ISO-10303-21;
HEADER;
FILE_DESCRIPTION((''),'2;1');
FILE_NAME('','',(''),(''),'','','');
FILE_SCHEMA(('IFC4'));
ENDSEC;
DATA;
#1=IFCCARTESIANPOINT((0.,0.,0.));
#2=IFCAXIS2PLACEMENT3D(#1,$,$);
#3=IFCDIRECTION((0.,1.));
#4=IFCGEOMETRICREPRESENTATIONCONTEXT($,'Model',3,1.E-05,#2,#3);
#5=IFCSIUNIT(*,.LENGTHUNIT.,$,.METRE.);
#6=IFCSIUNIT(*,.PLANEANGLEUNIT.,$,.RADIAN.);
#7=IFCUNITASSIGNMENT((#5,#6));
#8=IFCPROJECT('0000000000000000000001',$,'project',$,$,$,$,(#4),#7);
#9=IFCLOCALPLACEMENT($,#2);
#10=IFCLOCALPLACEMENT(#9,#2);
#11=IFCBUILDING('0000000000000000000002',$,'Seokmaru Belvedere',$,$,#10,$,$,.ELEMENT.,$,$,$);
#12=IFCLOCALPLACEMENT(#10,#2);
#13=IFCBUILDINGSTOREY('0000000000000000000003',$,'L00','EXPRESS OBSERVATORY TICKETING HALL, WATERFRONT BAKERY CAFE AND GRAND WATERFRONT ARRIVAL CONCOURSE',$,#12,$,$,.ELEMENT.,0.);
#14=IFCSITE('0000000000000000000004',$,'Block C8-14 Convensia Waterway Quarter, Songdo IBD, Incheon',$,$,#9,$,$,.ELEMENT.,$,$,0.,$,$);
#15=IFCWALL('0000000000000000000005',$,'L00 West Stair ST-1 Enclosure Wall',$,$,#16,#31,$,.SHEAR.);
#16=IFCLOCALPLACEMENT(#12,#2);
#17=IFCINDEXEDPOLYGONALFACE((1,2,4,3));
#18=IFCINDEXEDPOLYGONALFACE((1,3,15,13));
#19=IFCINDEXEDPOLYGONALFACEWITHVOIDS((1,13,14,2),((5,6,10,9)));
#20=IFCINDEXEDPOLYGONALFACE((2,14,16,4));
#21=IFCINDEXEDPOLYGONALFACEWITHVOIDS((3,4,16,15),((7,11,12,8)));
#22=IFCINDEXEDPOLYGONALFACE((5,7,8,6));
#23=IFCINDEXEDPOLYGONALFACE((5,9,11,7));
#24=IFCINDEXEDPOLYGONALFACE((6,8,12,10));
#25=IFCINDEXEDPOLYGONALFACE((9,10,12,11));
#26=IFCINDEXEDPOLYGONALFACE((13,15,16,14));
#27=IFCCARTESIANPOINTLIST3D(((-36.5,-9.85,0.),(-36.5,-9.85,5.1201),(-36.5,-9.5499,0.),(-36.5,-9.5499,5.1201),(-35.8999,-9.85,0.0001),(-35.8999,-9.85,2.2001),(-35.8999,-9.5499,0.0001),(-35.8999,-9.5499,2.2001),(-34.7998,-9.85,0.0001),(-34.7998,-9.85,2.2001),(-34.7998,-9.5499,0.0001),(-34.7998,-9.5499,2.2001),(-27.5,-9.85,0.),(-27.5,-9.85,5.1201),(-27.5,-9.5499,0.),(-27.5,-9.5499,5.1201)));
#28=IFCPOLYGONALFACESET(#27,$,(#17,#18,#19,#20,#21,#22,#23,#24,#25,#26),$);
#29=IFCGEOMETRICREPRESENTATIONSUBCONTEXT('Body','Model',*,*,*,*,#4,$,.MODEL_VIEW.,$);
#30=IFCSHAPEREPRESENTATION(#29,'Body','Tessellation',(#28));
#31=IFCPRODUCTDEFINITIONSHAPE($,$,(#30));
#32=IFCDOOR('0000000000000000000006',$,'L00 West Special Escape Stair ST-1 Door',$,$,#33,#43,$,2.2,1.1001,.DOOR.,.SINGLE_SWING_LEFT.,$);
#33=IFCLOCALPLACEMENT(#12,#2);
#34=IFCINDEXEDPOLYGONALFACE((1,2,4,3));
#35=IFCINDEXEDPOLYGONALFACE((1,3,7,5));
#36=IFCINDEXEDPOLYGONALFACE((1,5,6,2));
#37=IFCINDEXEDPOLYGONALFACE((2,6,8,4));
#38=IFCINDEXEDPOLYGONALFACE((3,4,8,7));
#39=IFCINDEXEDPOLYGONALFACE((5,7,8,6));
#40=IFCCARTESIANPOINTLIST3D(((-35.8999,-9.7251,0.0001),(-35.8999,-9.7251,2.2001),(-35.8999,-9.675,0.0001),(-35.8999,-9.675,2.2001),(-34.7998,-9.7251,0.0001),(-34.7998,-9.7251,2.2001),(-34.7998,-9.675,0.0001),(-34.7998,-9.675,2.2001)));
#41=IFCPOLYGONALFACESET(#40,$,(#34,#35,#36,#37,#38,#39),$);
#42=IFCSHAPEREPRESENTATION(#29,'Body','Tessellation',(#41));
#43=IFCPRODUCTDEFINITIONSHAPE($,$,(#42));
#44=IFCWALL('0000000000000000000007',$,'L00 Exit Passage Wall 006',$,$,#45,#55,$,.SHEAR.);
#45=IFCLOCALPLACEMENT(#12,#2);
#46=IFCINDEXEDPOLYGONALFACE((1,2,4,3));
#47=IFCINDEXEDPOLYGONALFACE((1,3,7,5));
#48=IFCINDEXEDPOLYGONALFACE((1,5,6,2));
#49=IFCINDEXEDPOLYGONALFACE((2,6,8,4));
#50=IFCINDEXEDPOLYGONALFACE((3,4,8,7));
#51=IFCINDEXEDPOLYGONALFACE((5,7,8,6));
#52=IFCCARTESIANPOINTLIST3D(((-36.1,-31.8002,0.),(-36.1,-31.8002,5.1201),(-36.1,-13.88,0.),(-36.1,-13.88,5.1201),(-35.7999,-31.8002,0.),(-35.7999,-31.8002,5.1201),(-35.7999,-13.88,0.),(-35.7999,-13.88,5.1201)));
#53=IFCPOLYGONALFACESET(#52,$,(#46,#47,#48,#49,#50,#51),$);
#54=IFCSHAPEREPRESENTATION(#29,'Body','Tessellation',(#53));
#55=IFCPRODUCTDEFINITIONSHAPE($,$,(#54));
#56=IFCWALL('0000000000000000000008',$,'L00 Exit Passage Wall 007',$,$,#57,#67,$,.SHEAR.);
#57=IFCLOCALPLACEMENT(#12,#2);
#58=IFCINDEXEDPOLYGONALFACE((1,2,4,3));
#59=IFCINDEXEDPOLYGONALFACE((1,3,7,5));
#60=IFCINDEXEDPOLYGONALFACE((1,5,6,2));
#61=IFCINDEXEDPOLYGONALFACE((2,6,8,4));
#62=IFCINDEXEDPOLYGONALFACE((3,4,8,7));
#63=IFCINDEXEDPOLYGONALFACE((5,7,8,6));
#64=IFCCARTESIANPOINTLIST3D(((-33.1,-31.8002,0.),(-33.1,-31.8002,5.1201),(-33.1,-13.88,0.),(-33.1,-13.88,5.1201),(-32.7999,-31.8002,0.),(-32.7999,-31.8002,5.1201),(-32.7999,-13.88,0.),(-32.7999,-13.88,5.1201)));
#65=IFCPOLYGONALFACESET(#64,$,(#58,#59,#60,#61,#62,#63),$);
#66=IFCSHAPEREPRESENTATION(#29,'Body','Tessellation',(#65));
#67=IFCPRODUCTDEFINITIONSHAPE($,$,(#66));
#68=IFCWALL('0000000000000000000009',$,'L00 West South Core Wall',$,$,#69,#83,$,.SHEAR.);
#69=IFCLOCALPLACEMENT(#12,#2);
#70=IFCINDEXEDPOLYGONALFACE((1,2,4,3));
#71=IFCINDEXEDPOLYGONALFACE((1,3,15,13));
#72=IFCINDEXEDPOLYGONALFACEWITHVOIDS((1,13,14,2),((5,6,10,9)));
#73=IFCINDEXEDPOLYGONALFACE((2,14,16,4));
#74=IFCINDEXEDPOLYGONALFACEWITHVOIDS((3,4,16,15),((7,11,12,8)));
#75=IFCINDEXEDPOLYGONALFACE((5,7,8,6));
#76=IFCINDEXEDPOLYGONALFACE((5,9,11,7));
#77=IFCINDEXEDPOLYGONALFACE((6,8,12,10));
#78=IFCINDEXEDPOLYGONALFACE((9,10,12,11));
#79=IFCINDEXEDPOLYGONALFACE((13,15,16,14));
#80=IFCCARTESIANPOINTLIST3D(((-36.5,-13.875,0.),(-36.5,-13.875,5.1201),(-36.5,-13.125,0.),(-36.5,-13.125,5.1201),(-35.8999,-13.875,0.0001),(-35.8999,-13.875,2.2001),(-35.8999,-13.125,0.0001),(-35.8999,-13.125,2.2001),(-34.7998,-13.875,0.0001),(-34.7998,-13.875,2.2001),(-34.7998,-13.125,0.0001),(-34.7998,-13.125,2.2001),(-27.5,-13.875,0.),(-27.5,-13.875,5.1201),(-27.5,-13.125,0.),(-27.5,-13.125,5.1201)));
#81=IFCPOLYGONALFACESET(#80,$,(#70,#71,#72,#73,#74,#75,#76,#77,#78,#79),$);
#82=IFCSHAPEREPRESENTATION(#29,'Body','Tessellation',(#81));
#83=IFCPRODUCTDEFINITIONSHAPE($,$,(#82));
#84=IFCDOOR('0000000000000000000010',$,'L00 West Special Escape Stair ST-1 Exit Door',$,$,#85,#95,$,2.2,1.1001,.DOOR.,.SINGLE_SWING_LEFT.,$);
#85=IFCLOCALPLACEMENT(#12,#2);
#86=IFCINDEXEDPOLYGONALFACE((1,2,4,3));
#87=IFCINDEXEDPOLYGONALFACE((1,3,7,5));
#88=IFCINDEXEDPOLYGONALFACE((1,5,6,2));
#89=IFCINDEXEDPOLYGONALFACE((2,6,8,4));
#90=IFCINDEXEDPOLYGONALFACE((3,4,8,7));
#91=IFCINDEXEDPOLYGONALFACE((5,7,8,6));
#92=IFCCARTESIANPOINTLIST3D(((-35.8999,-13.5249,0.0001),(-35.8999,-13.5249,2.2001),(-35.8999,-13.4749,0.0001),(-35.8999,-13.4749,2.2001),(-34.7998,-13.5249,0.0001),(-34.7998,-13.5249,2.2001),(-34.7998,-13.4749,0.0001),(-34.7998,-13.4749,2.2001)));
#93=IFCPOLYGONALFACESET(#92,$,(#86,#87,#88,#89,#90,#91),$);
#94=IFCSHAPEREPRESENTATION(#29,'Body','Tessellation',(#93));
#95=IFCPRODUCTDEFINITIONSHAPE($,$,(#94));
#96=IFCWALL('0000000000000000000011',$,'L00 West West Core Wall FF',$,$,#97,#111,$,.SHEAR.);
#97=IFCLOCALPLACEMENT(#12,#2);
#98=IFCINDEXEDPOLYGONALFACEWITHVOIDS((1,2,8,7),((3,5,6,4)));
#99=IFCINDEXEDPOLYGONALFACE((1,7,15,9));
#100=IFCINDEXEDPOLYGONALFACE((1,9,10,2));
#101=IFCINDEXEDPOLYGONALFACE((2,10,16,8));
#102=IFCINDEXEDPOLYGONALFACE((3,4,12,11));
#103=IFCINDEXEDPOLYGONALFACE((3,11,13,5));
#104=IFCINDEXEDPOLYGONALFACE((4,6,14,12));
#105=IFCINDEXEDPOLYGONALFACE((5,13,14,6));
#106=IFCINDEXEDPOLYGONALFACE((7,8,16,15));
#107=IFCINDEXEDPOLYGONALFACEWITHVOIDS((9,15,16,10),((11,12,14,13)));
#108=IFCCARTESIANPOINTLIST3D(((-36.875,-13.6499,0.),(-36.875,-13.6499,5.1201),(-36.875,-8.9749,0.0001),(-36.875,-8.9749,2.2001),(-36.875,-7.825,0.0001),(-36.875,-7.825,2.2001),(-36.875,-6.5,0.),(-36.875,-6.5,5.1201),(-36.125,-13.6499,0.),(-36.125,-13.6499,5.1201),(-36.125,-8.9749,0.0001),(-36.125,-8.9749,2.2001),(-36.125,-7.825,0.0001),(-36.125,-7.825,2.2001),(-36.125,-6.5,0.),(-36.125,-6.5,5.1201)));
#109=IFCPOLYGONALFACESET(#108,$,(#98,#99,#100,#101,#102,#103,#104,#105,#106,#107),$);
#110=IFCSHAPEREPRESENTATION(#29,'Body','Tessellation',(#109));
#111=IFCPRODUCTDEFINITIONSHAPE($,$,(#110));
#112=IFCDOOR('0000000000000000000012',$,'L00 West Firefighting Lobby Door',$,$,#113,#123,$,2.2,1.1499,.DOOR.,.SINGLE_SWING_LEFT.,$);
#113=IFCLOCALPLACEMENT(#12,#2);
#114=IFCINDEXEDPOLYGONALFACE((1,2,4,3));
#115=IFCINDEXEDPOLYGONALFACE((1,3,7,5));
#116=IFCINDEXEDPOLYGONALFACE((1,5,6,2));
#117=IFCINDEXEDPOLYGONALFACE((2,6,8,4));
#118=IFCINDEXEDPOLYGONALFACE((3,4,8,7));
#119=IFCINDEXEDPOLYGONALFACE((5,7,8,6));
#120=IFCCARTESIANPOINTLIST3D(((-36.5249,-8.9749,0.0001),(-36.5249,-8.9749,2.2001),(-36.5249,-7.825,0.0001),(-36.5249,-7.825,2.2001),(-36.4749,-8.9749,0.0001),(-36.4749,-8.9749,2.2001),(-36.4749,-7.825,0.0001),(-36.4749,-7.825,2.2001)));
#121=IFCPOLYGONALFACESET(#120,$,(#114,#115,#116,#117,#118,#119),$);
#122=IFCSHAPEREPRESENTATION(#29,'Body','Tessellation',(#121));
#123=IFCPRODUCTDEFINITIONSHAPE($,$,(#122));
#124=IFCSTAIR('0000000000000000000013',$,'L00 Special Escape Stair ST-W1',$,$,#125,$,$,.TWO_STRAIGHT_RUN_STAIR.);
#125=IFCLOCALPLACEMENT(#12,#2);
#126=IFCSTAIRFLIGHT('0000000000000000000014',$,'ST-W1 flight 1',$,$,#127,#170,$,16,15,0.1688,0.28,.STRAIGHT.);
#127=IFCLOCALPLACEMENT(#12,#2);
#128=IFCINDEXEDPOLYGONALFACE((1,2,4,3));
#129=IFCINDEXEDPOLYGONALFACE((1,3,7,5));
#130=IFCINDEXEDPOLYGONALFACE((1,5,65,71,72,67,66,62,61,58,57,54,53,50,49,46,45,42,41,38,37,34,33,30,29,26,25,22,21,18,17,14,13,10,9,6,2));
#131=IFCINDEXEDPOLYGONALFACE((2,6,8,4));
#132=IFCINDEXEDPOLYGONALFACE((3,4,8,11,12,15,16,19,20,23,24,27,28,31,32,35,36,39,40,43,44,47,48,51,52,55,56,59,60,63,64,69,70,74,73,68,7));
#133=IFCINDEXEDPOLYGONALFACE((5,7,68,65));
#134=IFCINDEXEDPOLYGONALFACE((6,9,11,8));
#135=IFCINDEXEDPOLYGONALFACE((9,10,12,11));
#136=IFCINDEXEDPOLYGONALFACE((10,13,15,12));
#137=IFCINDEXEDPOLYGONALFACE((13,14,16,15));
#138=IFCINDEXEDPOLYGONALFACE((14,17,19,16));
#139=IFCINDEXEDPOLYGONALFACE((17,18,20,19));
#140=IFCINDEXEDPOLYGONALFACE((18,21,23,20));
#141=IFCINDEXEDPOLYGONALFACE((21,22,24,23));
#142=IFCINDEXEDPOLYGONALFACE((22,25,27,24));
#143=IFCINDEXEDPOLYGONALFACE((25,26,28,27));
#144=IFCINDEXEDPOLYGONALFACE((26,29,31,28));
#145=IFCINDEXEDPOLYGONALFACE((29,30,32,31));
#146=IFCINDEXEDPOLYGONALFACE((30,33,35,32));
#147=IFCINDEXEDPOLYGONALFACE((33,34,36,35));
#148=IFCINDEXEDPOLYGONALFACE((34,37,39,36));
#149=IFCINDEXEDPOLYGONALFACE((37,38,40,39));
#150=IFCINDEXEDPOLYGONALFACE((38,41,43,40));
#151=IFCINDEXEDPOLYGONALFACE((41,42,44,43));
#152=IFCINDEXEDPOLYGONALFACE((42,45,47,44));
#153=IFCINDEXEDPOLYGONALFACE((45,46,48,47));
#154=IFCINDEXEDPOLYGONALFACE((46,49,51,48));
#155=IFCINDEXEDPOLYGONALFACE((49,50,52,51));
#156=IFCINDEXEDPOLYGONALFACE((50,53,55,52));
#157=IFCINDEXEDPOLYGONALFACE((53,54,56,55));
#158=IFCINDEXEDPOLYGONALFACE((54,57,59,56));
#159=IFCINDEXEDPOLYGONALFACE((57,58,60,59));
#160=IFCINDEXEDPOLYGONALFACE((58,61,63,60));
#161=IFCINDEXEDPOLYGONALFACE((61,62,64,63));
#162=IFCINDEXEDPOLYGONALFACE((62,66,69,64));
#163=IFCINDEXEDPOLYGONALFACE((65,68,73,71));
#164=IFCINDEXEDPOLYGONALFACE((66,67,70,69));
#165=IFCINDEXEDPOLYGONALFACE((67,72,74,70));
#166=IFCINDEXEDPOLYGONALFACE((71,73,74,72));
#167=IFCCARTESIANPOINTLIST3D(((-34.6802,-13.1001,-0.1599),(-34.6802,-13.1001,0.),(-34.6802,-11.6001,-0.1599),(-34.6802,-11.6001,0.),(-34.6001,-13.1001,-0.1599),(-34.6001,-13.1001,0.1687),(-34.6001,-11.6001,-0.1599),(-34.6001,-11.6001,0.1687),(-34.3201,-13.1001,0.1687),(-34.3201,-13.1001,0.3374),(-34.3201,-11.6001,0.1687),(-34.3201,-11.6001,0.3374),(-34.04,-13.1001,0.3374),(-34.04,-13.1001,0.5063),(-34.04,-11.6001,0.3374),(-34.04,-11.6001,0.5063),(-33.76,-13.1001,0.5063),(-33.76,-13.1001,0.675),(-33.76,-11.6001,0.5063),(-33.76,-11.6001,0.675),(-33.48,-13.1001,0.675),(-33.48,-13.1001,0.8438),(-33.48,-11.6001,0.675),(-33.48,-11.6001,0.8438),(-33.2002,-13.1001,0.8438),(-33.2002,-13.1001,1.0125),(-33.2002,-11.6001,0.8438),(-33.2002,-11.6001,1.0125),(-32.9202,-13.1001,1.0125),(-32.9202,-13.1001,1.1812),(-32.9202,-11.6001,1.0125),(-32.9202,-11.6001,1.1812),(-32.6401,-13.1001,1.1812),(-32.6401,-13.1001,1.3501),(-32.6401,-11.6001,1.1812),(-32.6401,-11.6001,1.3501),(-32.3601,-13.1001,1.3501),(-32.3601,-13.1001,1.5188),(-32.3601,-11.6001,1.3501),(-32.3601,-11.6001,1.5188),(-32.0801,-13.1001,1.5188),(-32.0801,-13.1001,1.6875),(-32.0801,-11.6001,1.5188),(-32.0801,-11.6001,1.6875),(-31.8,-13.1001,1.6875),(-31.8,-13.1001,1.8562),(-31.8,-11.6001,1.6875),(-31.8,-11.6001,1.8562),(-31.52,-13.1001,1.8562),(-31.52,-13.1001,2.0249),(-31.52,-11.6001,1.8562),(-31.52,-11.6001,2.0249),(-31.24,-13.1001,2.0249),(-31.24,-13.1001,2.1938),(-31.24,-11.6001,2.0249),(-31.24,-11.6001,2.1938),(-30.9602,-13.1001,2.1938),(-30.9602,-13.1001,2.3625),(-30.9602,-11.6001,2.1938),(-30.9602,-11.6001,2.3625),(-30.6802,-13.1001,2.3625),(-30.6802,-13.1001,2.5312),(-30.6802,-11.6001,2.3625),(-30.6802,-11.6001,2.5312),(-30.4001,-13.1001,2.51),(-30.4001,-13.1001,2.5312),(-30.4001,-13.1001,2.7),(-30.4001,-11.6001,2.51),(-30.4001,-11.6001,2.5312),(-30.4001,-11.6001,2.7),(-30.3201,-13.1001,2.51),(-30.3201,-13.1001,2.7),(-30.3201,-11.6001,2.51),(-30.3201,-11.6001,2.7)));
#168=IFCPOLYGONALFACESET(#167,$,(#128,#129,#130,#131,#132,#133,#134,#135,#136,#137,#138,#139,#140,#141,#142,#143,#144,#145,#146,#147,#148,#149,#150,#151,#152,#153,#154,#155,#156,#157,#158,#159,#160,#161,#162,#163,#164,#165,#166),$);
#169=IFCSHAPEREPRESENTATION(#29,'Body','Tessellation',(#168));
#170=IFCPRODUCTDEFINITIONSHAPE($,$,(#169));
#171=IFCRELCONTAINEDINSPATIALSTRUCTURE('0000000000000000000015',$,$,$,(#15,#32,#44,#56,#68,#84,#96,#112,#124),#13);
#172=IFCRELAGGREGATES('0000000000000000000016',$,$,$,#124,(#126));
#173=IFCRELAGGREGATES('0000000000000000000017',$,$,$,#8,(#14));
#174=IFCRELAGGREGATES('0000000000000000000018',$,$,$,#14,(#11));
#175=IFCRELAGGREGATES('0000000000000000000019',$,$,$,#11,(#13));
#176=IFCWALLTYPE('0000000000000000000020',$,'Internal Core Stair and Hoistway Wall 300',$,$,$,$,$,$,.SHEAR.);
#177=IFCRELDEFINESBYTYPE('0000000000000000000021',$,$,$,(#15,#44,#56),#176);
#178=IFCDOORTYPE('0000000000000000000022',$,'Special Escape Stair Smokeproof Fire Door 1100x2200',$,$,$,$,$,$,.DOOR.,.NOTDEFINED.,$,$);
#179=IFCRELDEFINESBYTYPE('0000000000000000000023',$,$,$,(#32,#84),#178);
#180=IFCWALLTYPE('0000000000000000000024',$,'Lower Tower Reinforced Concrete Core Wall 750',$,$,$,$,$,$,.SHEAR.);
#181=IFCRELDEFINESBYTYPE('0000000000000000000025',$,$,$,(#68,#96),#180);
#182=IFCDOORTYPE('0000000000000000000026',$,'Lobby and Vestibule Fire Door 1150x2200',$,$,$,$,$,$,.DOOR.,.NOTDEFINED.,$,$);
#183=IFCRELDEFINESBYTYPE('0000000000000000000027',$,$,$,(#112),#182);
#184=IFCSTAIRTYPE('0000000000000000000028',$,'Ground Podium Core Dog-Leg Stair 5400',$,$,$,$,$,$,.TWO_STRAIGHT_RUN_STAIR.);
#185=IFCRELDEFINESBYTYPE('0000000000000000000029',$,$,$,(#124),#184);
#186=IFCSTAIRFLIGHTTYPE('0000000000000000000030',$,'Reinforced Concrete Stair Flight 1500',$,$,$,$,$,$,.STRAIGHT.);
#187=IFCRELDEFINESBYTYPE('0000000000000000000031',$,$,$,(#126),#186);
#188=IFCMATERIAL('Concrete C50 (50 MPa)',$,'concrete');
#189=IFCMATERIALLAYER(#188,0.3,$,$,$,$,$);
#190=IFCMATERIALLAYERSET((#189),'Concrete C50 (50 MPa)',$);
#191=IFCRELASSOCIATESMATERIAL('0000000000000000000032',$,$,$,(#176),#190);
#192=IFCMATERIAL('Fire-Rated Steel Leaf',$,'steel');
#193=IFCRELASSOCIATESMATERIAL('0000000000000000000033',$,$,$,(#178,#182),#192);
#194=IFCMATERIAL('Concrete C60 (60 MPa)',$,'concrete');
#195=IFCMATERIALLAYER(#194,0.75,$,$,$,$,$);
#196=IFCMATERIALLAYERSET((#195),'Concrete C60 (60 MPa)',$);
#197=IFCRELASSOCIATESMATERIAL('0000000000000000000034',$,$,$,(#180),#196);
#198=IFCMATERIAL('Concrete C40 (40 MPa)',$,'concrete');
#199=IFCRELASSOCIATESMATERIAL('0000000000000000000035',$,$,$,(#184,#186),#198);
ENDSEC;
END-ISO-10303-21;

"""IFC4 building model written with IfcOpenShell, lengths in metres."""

from ifc_helpers import new_model, si_unit, direction, frame, frame_2d, origin, place, context, subcontext, project, spatial, polyline, rectangle, outline, extrude, source, transform, mapped, material, layer, layer_set, type_object, type_shapes, element, fill, aggregate, save


model = new_model("IFC4")

# Units and contexts
model_context = context("Model", 3, precision=1e-05, world=origin(), true_north=direction((0.0, 1.0)))
body_context = subcontext(model_context, "Body", "Model", "MODEL_VIEW")
ifc_project = project(units=[si_unit("LENGTHUNIT", "METRE"), si_unit("PLANEANGLEUNIT", "RADIAN")], contexts=[model_context])

# Site, building, storey
site_placement = place(None, origin())
site = spatial("IfcSite", under=ifc_project, at=site_placement, Name="Block C8-14 Convensia Waterway Quarter, Songdo IBD, Incheon", CompositionType="ELEMENT", RefElevation=0.0)
building_placement = place(site_placement, origin())
building = spatial("IfcBuilding", under=site, at=building_placement, Name="Seokmaru Belvedere", CompositionType="ELEMENT")
storey_placement = place(building_placement, origin())
storey = spatial("IfcBuildingStorey", under=building, at=storey_placement, Name="L00", Description="EXPRESS OBSERVATORY TICKETING HALL, WATERFRONT BAKERY CAFE AND GRAND WATERFRONT ARRIVAL CONCOURSE", CompositionType="ELEMENT", Elevation=0.0)

# Shared definitions
ifc_material_1 = material(Name="Concrete C50 (50 MPa)", Category="concrete")

# Wall, opening, door
ifc_layer_1 = layer(ifc_material_1, 0.3)
ifc_layer_set_1 = layer_set([ifc_layer_1], Name="Concrete C50 (50 MPa)")
wall_type_1 = type_object("IfcWallType", Name="Internal Core Stair and Hoistway Wall 300", PredefinedType="SHEAR", material=ifc_layer_set_1)
wall_1_placement = place(storey_placement, frame((-36.5, -9.7, 0.0), z_axis=(0.0, 0.0, 1.0), x_axis=(1.0, 0.0, 0.0)))
wall_1 = element("IfcWall", 1, at=wall_1_placement, inside=storey, type_object=wall_type_1, Name="L00 West Stair ST-1 Enclosure Wall", PredefinedType="SHEAR", context=body_context, shape_type="SweptSolid", body=[
    extrude(rectangle(XDim=9.0, YDim=0.3, at=frame_2d((4.5, 0.0))), origin(), (0.0, 0.0, 1.0), 5.1201),
])
opening_1_placement = place(wall_1_placement, frame((0.6001, 0.0, 0.0)))
opening_1 = element("IfcOpeningElement", 2, at=opening_1_placement, cuts=wall_1, PredefinedType="OPENING", context=body_context, shape_type="SweptSolid", body=[
    extrude(rectangle(XDim=1.1001, YDim=2.2, at=frame_2d((0.55, 1.1001))), frame((0.0, 0.1602, 0.0), z_axis=(0.0, -1.0, 0.0), x_axis=(1.0, 0.0, 0.0)), (0.0, 0.0, 1.0), 0.3201),
])
ifc_material_2 = material(Name="Fire-Rated Steel Leaf", Category="steel")
door_type_1 = type_object("IfcDoorType", Name="Special Escape Stair Smokeproof Fire Door 1100x2200", OperationType="NOTDEFINED", PredefinedType="DOOR", material=ifc_material_2)
shared_shape_1 = source(origin(), body_context, "Body", "SweptSolid", [
    extrude(rectangle(XDim=1.1001, YDim=2.2, at=frame_2d((0.55, 1.1001))), frame((0.0, 0.0249, 0.0), z_axis=(0.0, -1.0, 0.0), x_axis=(1.0, 0.0, 0.0)), (0.0, 0.0, 1.0), 0.05),
])
type_shapes(door_type_1, [shared_shape_1])
door_1_placement = place(opening_1_placement, origin())
door_1 = element("IfcDoor", 3, at=door_1_placement, inside=storey, type_object=door_type_1, Name="L00 West Special Escape Stair ST-1 Door", OperationType="SINGLE_SWING_LEFT", OverallHeight=2.2, OverallWidth=1.1001, PredefinedType="DOOR", context=body_context, shape_type="MappedRepresentation", body=[
    mapped(shared_shape_1, transform((0.0, 0.0, 0.0), scale=1.0)),
])
fill(opening_1, door_1)

# Walls
for number, where, z_axis, x_axis, name in (
    (4, (-35.95, -31.8, 0.0), (0.0, 0.0, 1.0), (0.0, 1.0, 0.0), "L00 Exit Passage Wall 006"),
    (5, (-32.95, -31.8, 0.0), (0.0, 0.0, 1.0), (0.0, 1.0, 0.0), "L00 Exit Passage Wall 007"),
):
    element("IfcWall", number, at=place(storey_placement, frame(where, z_axis=z_axis, x_axis=x_axis)), inside=storey, type_object=wall_type_1, Name=name, PredefinedType="SHEAR", context=body_context, shape_type="SweptSolid", body=[
        extrude(rectangle(XDim=17.9202, YDim=0.3, at=frame_2d((8.96, 0.0))), origin(), (0.0, 0.0, 1.0), 5.1201),
    ])

# Walls, openings, doors
ifc_material_3 = material(Name="Concrete C60 (60 MPa)", Category="concrete")
ifc_layer_2 = layer(ifc_material_3, 0.75)
ifc_layer_set_2 = layer_set([ifc_layer_2], Name="Concrete C60 (60 MPa)")
wall_type_2 = type_object("IfcWallType", Name="Lower Tower Reinforced Concrete Core Wall 750", PredefinedType="SHEAR", material=ifc_layer_set_2)
wall_2_placement = place(storey_placement, frame((-36.5, -13.5, 0.0), z_axis=(0.0, 0.0, 1.0), x_axis=(1.0, 0.0, 0.0)))
wall_2 = element("IfcWall", 6, at=wall_2_placement, inside=storey, type_object=wall_type_2, Name="L00 West South Core Wall", PredefinedType="SHEAR", context=body_context, shape_type="SweptSolid", body=[
    extrude(rectangle(XDim=9.0, YDim=0.75, at=frame_2d((4.5, 0.0))), origin(), (0.0, 0.0, 1.0), 5.1201),
])
opening_2_placement = place(wall_2_placement, frame((0.6001, 0.0, 0.0)))
opening_2 = element("IfcOpeningElement", 7, at=opening_2_placement, cuts=wall_2, PredefinedType="OPENING", context=body_context, shape_type="SweptSolid", body=[
    extrude(rectangle(XDim=1.1001, YDim=2.2, at=frame_2d((0.55, 1.1001))), frame((0.0, 0.385, 0.0), z_axis=(0.0, -1.0, 0.0), x_axis=(1.0, 0.0, 0.0)), (0.0, 0.0, 1.0), 0.77),
])
door_2_placement = place(opening_2_placement, frame((1.1001, 0.0, 0.0), z_axis=(0.0, 0.0, 1.0), x_axis=(-1.0, 0.0, 0.0)))
door_2 = element("IfcDoor", 8, at=door_2_placement, inside=storey, type_object=door_type_1, Name="L00 West Special Escape Stair ST-1 Exit Door", OperationType="SINGLE_SWING_LEFT", OverallHeight=2.2, OverallWidth=1.1001, PredefinedType="DOOR", context=body_context, shape_type="MappedRepresentation", body=[
    mapped(shared_shape_1, transform((0.0, 0.0, 0.0), scale=1.0)),
])
fill(opening_2, door_2)
wall_3_placement = place(storey_placement, frame((-36.5, -13.6499, 0.0), z_axis=(0.0, 0.0, 1.0), x_axis=(0.0, 1.0, 0.0)))
wall_3 = element("IfcWall", 9, at=wall_3_placement, inside=storey, type_object=wall_type_2, Name="L00 West West Core Wall FF", PredefinedType="SHEAR", context=body_context, shape_type="SweptSolid", body=[
    extrude(rectangle(XDim=7.1499, YDim=0.75, at=frame_2d((3.575, 0.0))), origin(), (0.0, 0.0, 1.0), 5.1201),
])
opening_3_placement = place(wall_3_placement, frame((4.675, 0.0, 0.0)))
opening_3 = element("IfcOpeningElement", 10, at=opening_3_placement, cuts=wall_3, PredefinedType="OPENING", context=body_context, shape_type="SweptSolid", body=[
    extrude(rectangle(XDim=1.1499, YDim=2.2, at=frame_2d((0.575, 1.1001))), frame((0.0, 0.385, 0.0), z_axis=(0.0, -1.0, 0.0), x_axis=(1.0, 0.0, 0.0)), (0.0, 0.0, 1.0), 0.77),
])
door_type_2 = type_object("IfcDoorType", Name="Lobby and Vestibule Fire Door 1150x2200", OperationType="NOTDEFINED", PredefinedType="DOOR", material=ifc_material_2)
shared_shape_2 = source(origin(), body_context, "Body", "SweptSolid", [
    extrude(rectangle(XDim=1.1499, YDim=2.2, at=frame_2d((0.575, 1.1001))), frame((0.0, 0.0249, 0.0), z_axis=(0.0, -1.0, 0.0), x_axis=(1.0, 0.0, 0.0)), (0.0, 0.0, 1.0), 0.05),
])
type_shapes(door_type_2, [shared_shape_2])
door_3_placement = place(opening_3_placement, origin())
door_3 = element("IfcDoor", 11, at=door_3_placement, inside=storey, type_object=door_type_2, Name="L00 West Firefighting Lobby Door", OperationType="SINGLE_SWING_LEFT", OverallHeight=2.2, OverallWidth=1.1499, PredefinedType="DOOR", context=body_context, shape_type="MappedRepresentation", body=[
    mapped(shared_shape_2, transform((0.0, 0.0, 0.0), scale=1.0)),
])
fill(opening_3, door_3)

# Stair, stair flight
ifc_material_4 = material(Name="Concrete C40 (40 MPa)", Category="concrete")
stair_type = type_object("IfcStairType", Name="Ground Podium Core Dog-Leg Stair 5400", PredefinedType="TWO_STRAIGHT_RUN_STAIR", material=ifc_material_4)
stair_placement = place(storey_placement, origin())
stair = element("IfcStair", 12, at=stair_placement, inside=storey, type_object=stair_type, Name="L00 Special Escape Stair ST-W1", PredefinedType="TWO_STRAIGHT_RUN_STAIR")
stair_flight_type = type_object("IfcStairFlightType", Name="Reinforced Concrete Stair Flight 1500", PredefinedType="STRAIGHT", material=ifc_material_4)
stair_flight_1_placement = place(storey_placement, frame((-34.6001, -12.3501, 0.0), z_axis=(0.0, 0.0, 1.0), x_axis=(1.0, 0.0, 0.0)))
stair_flight_1 = element("IfcStairFlight", 13, at=stair_flight_1_placement, type_object=stair_flight_type, Name="ST-W1 flight 1", NumberOfRisers=16, NumberOfTreads=15, PredefinedType="STRAIGHT", RiserHeight=0.1688, TreadLength=0.28, context=body_context, shape_type="SweptSolid", body=[
    extrude(outline(polyline([(-0.0801, 0.0), (0.0, 0.1687), (0.28, 0.1687), (0.28, 0.3374), (0.5601, 0.3374), (0.5601, 0.5063), (0.8401, 0.5063), (0.8401, 0.675), (1.1201, 0.675), (1.1201, 0.8438), (1.3999, 0.8438), (1.3999, 1.0125), (1.6799, 1.0125), (1.6799, 1.1812), (1.96, 1.1812), (1.96, 1.3501), (2.24, 1.3501), (2.24, 1.5188), (2.52, 1.5188), (2.52, 1.6875), (2.8, 1.6875), (2.8, 1.8562), (3.0801, 1.8562), (3.0801, 2.0249), (3.3601, 2.0249), (3.3601, 2.1938), (3.6399, 2.1938), (3.6399, 2.3625), (3.9199, 2.3625), (3.9199, 2.5312), (4.2, 2.5312), (4.2, 2.7), (4.28, 2.7), (4.28, 2.51), (4.2, 2.51), (0.0, -0.1599), (-0.0801, -0.1599), (-0.0801, 0.0)])), frame((0.0, 0.75, 0.0), z_axis=(0.0, -1.0, 0.0), x_axis=(1.0, 0.0, 0.0)), (0.0, 0.0, 1.0), 1.5),
])
aggregate(stair, [stair_flight_1])

save(model, "model.ifc")
